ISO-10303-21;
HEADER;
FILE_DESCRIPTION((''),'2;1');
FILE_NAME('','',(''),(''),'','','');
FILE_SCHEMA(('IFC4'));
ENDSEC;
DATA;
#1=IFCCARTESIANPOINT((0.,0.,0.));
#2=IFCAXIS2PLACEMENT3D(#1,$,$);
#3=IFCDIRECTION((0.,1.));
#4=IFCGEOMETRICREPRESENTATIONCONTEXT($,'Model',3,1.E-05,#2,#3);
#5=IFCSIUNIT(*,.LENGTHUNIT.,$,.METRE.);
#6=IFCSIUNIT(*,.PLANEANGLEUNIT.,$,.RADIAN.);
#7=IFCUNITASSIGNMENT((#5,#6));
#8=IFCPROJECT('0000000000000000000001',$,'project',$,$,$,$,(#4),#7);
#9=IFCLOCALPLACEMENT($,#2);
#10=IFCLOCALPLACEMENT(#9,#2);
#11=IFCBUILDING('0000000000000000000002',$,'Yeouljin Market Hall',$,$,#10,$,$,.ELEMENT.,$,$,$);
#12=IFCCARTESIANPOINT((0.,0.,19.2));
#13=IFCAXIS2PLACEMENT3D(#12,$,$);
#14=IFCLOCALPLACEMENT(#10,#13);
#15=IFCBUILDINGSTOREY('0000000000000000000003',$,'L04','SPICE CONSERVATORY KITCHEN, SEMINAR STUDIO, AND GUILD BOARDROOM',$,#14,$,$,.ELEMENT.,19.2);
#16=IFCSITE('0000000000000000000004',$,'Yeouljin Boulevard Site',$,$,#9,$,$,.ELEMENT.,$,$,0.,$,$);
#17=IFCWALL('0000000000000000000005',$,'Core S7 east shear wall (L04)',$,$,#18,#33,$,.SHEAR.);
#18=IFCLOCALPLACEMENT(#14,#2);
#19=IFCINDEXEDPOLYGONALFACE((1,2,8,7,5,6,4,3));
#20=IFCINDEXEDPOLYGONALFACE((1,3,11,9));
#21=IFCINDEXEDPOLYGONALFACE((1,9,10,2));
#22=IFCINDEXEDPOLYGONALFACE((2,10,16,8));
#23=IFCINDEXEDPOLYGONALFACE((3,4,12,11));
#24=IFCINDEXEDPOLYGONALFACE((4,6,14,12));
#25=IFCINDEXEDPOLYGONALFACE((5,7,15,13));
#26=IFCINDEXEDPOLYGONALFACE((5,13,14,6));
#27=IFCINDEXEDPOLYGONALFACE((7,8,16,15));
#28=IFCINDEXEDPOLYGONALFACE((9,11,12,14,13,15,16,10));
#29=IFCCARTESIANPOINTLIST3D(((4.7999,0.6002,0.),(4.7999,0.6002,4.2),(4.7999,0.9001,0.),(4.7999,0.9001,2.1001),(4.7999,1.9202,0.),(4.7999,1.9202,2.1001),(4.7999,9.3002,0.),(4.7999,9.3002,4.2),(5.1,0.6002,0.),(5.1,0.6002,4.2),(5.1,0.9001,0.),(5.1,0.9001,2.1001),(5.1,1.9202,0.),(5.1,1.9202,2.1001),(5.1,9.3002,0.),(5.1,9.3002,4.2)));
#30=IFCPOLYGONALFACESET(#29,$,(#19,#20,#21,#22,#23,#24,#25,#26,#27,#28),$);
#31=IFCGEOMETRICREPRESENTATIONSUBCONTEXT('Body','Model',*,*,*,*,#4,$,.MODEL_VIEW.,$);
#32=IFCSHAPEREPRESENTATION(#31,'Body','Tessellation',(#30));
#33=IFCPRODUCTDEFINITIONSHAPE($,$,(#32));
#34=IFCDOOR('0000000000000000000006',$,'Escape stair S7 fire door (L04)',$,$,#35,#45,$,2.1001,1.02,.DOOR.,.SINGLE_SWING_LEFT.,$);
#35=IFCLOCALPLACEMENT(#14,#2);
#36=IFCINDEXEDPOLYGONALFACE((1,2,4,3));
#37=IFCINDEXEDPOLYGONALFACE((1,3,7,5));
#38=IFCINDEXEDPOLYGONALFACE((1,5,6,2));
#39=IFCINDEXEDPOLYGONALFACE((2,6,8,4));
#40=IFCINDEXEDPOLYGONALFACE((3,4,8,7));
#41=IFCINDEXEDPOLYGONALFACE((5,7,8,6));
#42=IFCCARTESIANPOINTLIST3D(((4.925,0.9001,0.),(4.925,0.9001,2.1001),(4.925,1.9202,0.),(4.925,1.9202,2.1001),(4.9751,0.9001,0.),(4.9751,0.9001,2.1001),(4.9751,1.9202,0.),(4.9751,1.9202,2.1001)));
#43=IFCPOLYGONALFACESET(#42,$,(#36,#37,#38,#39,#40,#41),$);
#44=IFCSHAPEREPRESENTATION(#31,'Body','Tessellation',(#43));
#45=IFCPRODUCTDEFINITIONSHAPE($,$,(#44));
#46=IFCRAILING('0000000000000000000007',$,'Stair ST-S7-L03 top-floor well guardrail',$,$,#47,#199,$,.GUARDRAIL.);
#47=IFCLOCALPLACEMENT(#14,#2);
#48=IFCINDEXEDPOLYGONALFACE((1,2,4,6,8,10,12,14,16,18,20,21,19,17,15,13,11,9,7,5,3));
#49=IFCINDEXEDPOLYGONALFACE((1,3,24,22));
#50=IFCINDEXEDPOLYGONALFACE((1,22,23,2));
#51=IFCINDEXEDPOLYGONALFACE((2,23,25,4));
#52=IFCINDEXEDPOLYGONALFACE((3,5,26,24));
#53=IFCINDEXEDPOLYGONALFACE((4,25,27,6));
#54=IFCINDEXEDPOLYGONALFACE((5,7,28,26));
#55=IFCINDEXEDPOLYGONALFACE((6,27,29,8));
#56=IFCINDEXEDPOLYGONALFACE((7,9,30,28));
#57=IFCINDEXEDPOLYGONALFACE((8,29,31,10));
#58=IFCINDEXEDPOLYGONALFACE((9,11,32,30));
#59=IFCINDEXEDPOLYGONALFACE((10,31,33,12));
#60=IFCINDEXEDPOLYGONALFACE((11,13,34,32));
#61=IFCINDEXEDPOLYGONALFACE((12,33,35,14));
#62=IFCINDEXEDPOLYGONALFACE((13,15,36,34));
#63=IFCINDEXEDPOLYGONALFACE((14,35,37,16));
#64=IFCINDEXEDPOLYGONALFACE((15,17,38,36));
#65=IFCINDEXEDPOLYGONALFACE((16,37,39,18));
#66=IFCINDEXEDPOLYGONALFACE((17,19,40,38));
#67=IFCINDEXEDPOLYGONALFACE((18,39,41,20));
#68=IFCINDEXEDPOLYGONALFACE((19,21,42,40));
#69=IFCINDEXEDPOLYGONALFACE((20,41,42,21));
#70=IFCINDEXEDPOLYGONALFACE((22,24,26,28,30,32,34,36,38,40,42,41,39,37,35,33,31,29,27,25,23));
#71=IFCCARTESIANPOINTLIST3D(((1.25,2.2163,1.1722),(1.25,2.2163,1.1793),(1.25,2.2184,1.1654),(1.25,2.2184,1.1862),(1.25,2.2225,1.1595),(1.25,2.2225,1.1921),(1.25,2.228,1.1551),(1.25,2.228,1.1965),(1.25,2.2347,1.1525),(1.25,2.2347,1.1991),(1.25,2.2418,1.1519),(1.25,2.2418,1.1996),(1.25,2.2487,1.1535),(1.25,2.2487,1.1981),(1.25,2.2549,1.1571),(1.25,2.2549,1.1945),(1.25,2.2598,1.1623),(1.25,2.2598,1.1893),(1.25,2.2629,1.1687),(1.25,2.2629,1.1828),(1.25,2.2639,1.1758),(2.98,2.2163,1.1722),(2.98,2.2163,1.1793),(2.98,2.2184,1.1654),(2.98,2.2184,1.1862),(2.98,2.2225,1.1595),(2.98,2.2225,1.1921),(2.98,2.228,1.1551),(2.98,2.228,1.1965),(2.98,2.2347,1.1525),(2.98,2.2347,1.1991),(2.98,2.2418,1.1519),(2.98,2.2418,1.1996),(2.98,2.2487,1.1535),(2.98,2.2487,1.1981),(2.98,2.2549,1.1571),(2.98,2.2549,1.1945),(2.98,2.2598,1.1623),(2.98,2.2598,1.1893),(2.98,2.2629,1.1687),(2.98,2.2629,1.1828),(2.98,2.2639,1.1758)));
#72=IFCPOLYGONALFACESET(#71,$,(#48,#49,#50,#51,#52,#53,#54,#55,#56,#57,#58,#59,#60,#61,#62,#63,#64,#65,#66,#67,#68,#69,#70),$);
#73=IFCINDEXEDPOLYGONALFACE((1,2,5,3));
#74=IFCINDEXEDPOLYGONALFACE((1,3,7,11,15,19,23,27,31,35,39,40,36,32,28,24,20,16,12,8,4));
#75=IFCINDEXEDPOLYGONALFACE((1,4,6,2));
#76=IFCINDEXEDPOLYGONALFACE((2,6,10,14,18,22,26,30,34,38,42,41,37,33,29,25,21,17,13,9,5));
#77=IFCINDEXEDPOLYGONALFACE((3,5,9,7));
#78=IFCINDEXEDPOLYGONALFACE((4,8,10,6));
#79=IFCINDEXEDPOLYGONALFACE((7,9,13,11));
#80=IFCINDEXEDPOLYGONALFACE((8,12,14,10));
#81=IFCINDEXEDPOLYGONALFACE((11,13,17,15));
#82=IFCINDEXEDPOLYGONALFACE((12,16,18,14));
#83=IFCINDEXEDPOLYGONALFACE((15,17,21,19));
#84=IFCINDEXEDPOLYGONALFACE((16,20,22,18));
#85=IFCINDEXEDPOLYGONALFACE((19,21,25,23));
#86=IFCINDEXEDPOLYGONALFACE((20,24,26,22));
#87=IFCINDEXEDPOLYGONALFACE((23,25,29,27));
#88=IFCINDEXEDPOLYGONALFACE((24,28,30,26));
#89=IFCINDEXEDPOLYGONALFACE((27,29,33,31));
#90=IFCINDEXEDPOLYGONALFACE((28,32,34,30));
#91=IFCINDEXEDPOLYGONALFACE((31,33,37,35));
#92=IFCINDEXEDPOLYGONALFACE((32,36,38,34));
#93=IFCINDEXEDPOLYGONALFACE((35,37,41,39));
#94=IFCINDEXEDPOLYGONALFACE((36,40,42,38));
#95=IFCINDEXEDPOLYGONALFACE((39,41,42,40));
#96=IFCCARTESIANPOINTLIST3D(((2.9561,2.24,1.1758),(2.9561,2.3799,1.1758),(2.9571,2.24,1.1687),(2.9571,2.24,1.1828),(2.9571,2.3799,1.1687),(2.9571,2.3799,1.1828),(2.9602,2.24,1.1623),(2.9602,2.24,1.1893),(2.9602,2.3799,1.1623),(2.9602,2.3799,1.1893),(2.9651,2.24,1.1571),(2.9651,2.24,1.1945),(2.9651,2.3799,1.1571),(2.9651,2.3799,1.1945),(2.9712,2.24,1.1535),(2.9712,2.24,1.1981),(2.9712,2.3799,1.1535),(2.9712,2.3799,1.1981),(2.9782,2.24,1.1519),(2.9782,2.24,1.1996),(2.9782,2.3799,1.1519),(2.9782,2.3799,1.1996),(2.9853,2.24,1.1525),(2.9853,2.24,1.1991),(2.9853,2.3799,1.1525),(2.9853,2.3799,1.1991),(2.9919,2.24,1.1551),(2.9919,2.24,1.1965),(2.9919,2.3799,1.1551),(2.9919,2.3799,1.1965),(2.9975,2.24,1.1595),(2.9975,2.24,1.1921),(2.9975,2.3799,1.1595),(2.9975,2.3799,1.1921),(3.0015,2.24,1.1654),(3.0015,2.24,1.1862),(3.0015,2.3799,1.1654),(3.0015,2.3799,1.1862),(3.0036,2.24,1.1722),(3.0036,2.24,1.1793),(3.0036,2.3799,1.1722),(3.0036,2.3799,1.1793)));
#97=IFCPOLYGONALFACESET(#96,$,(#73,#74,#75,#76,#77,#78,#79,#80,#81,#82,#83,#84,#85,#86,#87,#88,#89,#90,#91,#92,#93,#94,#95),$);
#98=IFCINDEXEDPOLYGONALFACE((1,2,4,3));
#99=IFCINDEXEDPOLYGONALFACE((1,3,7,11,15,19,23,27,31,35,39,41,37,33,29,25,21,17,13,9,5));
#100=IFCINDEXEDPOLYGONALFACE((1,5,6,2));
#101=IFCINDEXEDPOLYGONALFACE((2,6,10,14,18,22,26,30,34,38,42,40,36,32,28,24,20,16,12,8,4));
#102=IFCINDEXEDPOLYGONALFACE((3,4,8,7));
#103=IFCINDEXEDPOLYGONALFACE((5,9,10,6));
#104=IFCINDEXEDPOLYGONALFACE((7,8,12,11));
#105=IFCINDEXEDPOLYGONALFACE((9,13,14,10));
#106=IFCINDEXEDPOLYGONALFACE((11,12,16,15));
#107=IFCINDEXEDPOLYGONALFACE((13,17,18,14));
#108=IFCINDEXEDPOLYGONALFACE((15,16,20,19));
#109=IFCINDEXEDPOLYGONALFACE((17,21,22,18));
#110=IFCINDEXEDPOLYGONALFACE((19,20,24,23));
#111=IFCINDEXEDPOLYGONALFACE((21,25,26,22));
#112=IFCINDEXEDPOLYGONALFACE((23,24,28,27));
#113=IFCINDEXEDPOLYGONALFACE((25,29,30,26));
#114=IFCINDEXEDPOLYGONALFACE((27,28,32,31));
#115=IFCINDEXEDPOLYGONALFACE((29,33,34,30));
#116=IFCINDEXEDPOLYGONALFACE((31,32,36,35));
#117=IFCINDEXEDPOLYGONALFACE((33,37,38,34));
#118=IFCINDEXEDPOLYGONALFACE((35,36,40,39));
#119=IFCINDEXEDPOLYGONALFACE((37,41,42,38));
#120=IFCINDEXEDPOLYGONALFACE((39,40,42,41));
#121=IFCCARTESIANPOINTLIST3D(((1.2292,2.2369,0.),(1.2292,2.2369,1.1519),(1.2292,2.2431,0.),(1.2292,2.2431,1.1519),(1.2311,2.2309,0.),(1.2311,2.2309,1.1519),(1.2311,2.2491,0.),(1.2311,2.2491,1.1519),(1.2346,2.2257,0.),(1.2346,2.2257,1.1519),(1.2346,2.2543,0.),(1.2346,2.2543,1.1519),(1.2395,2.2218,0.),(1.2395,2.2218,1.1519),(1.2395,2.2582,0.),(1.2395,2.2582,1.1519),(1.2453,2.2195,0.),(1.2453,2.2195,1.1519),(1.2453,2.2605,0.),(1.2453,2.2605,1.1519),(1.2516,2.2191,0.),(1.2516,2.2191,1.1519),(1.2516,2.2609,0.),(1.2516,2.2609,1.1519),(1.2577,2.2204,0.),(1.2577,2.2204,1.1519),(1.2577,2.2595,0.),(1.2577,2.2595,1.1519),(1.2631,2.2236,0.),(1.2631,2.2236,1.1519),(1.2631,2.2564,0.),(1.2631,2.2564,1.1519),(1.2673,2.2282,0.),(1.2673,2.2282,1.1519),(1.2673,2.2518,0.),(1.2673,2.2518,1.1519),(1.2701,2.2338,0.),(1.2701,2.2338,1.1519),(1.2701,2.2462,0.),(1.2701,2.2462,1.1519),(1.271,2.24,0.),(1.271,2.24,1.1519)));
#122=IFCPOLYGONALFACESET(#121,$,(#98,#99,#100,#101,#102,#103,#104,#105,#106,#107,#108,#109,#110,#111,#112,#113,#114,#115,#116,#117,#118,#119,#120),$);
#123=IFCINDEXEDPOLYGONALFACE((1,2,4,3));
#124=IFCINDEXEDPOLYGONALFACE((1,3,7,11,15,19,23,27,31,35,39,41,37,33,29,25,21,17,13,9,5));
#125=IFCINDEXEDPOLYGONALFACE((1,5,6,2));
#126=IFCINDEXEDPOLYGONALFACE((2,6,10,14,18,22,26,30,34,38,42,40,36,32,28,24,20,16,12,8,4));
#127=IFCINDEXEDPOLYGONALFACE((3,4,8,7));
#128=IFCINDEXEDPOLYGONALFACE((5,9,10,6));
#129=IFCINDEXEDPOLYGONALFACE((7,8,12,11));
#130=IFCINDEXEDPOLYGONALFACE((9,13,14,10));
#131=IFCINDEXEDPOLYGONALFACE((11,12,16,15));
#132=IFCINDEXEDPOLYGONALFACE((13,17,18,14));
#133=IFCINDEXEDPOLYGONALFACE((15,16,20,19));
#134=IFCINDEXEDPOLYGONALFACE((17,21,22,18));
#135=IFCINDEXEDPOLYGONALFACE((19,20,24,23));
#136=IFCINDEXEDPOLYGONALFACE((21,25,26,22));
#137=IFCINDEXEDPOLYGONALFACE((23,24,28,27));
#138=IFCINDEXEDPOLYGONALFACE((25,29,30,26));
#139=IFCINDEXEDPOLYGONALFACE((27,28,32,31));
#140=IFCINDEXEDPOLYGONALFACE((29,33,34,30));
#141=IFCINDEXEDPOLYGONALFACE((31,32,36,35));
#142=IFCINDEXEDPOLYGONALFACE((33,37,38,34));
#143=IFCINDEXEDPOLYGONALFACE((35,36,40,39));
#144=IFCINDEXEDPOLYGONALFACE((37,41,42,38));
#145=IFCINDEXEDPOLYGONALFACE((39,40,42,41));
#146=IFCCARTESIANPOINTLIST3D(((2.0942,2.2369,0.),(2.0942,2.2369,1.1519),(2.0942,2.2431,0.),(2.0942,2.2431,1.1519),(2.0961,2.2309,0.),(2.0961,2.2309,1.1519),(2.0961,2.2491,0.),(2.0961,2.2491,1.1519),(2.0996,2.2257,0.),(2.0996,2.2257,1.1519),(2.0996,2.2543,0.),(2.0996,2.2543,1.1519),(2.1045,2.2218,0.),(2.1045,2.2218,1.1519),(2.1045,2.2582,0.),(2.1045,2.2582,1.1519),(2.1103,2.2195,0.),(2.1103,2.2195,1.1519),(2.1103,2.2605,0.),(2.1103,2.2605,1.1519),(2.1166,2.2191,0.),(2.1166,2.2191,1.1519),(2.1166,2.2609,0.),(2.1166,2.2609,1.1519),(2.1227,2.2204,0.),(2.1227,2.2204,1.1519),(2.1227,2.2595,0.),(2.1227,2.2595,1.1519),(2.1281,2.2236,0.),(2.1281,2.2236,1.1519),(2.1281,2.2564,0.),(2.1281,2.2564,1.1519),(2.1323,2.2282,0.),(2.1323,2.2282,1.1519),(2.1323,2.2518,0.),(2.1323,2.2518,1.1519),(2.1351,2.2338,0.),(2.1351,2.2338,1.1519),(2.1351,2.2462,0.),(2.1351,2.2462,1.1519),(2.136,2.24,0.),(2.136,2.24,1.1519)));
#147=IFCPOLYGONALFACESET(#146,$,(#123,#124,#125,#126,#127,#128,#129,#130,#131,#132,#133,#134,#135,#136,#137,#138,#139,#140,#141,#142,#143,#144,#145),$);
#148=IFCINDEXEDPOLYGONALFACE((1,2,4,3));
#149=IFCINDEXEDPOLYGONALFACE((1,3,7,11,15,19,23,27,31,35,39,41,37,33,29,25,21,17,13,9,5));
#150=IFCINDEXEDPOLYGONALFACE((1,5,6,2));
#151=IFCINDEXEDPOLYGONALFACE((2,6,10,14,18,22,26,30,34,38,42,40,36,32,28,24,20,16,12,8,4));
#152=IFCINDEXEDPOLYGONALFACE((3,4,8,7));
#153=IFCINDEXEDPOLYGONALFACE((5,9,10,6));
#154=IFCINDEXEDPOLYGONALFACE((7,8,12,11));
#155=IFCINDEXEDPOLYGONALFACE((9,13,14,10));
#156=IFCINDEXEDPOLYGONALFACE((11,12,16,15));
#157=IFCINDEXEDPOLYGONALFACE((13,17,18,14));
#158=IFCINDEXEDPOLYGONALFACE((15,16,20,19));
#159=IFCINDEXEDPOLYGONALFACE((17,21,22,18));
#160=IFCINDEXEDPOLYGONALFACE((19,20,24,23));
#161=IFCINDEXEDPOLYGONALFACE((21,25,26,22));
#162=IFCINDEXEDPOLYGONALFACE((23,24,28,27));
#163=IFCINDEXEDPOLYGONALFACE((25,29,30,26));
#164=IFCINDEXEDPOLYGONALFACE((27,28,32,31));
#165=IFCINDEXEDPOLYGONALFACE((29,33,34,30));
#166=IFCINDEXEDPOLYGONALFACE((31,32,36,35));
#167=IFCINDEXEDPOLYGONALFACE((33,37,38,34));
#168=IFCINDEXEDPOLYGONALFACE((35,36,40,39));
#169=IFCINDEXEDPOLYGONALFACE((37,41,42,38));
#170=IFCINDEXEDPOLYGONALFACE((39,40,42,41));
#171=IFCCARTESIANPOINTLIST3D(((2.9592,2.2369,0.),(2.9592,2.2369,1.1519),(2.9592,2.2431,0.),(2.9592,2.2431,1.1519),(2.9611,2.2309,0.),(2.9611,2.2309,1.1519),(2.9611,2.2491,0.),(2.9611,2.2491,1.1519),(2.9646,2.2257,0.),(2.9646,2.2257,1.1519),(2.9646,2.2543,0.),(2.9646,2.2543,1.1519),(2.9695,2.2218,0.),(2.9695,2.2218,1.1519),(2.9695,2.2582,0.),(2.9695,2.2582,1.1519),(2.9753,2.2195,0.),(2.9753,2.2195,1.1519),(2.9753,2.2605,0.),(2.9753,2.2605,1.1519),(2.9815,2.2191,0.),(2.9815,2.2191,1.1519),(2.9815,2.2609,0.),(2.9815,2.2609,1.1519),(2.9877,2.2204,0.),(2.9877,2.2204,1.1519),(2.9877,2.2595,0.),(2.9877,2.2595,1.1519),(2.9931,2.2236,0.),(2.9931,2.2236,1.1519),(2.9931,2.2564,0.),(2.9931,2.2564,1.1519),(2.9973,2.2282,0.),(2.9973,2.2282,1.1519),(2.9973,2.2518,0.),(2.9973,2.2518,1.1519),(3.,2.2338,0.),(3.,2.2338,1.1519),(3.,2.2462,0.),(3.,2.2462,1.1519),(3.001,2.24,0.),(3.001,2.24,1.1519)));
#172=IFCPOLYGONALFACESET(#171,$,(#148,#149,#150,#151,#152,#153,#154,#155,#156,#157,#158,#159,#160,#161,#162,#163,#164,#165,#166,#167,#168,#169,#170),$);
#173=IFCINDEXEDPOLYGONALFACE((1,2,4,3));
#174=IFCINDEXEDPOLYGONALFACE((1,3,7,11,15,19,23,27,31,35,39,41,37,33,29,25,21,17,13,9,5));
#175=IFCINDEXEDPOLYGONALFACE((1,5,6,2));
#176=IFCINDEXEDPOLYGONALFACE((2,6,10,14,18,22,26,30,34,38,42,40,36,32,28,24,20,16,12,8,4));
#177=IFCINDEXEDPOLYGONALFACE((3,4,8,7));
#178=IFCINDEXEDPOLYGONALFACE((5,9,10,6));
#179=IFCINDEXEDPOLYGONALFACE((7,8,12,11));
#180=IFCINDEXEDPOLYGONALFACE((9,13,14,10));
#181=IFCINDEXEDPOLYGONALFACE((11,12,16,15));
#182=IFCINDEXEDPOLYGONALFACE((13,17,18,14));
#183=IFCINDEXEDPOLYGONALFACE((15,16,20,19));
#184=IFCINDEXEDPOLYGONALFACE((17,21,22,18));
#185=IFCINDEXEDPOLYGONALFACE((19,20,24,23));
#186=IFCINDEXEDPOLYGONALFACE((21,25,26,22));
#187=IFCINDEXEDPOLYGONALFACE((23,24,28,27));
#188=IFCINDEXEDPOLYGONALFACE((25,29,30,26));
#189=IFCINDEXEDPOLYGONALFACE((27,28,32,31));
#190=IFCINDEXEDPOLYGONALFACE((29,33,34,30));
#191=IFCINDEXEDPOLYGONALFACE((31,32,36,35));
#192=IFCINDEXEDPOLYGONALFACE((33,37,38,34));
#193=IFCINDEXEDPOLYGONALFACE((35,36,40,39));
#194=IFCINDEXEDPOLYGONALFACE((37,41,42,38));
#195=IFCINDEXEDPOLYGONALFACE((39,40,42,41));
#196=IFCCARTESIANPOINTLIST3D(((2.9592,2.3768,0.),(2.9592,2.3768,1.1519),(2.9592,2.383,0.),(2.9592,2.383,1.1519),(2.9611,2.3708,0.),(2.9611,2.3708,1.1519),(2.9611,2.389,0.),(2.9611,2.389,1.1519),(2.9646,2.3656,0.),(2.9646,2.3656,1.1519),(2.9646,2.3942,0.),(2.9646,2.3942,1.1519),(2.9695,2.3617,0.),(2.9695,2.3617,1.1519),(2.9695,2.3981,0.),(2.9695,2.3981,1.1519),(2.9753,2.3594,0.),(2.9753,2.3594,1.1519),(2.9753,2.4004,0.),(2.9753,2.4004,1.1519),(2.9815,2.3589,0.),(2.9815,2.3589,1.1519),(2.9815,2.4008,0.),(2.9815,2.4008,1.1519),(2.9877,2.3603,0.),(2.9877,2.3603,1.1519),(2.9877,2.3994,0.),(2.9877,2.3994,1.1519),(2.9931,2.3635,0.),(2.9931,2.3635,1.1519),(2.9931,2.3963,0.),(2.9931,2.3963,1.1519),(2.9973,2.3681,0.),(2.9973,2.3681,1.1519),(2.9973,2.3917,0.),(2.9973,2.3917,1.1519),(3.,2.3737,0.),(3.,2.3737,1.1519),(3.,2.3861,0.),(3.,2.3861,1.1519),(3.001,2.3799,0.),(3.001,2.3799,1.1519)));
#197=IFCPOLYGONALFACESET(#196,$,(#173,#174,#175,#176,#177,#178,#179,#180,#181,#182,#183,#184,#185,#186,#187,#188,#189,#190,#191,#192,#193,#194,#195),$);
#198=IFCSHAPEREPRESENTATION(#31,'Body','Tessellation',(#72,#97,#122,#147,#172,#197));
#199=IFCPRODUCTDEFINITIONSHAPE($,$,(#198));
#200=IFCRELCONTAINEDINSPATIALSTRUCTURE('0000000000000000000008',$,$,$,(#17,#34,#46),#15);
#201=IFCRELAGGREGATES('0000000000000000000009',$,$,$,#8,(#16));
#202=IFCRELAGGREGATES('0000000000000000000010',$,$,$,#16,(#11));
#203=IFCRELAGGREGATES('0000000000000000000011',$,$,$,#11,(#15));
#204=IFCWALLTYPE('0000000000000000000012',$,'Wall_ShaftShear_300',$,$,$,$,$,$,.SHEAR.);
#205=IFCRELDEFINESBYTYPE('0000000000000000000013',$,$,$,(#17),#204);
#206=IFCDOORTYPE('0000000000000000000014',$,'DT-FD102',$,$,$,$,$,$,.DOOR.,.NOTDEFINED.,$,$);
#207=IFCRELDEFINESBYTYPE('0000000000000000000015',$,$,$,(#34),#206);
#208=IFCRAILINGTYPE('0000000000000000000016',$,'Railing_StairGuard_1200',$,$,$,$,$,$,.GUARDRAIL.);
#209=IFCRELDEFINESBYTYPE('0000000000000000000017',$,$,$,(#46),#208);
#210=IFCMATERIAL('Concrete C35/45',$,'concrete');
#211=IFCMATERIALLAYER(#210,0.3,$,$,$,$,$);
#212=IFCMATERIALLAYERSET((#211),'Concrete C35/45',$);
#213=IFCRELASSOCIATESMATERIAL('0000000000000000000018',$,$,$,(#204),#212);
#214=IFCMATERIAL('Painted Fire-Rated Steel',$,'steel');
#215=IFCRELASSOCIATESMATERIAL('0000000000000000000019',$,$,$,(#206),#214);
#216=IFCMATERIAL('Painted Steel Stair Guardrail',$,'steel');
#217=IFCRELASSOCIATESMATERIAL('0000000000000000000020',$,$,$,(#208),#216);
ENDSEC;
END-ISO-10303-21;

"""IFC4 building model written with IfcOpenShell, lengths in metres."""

from ifc_helpers import new_model, si_unit, direction, frame, frame_2d, origin, origin_2d, place, context, subcontext, project, spatial, rectangle, circle, extrude, material, layer, layer_set, type_object, element, fill, save


model = new_model("IFC4")

# Units and contexts
model_context = context("Model", 3, precision=1e-05, world=origin(), true_north=direction((0.0, 1.0)))
body_context = subcontext(model_context, "Body", "Model", "MODEL_VIEW")
ifc_project = project(units=[si_unit("LENGTHUNIT", "METRE"), si_unit("PLANEANGLEUNIT", "RADIAN")], contexts=[model_context])

# Site, building, storey
site_placement = place(None, origin())
site = spatial("IfcSite", under=ifc_project, at=site_placement, Name="Yeouljin Boulevard Site", CompositionType="ELEMENT", RefElevation=0.0)
building_placement = place(site_placement, origin())
building = spatial("IfcBuilding", under=site, at=building_placement, Name="Yeouljin Market Hall", CompositionType="ELEMENT")
storey_placement = place(building_placement, frame((0.0, 0.0, 19.2)))
storey = spatial("IfcBuildingStorey", under=building, at=storey_placement, Name="L04", Description="SPICE CONSERVATORY KITCHEN, SEMINAR STUDIO, AND GUILD BOARDROOM", CompositionType="ELEMENT", Elevation=19.2)

# Shared definitions
ifc_material_1 = material(Name="Concrete C35/45", Category="concrete")
ifc_layer_1 = layer(ifc_material_1, 0.3)
ifc_layer_set_1 = layer_set([ifc_layer_1], Name="Concrete C35/45")
wall_type_1 = type_object("IfcWallType", Name="Wall_ShaftShear_300", PredefinedType="SHEAR", material=ifc_layer_set_1)

# Wall, opening, door
wall_1_placement = place(storey_placement, frame((4.95, 0.6001, 0.0), z_axis=(0.0, 0.0, 1.0), x_axis=(0.0, 1.0, 0.0)))
wall_1 = element("IfcWall", 1, at=wall_1_placement, inside=storey, type_object=wall_type_1, Name="Core S7 east shear wall (L04)", PredefinedType="SHEAR", context=body_context, shape_type="SweptSolid", body=[
    extrude(rectangle(XDim=8.7, YDim=0.3, at=frame_2d((4.3501, 0.0))), origin(), (0.0, 0.0, 1.0), 4.2),
])
opening_1_placement = place(wall_1_placement, frame((0.3, 0.0, 0.0)))
opening_1 = element("IfcOpeningElement", 2, at=opening_1_placement, cuts=wall_1, PredefinedType="OPENING", context=body_context, shape_type="SweptSolid", body=[
    extrude(rectangle(XDim=1.02, YDim=2.1001, at=frame_2d((0.51, 1.05))), frame((0.0, 0.1599, 0.0), z_axis=(0.0, -1.0, 0.0), x_axis=(1.0, 0.0, 0.0)), (0.0, 0.0, 1.0), 0.3201),
])
ifc_material_2 = material(Name="Painted Fire-Rated Steel", Category="steel")
door_type = type_object("IfcDoorType", Name="DT-FD102", OperationType="NOTDEFINED", PredefinedType="DOOR", material=ifc_material_2)
door_placement = place(opening_1_placement, origin())
door = element("IfcDoor", 3, at=door_placement, inside=storey, type_object=door_type, Name="Escape stair S7 fire door (L04)", OperationType="SINGLE_SWING_LEFT", OverallHeight=2.1001, OverallWidth=1.02, PredefinedType="DOOR", context=body_context, shape_type="SweptSolid", body=[
    extrude(rectangle(XDim=1.02, YDim=2.1001, at=frame_2d((0.51, 1.05))), frame((0.0, 0.0249, 0.0), z_axis=(0.0, -1.0, 0.0), x_axis=(1.0, 0.0, 0.0)), (0.0, 0.0, 1.0), 0.05),
])
fill(opening_1, door)

# Railing
ifc_material_3 = material(Name="Painted Steel Stair Guardrail", Category="steel")
railing_type = type_object("IfcRailingType", Name="Railing_StairGuard_1200", PredefinedType="GUARDRAIL", material=ifc_material_3)
railing_placement = place(storey_placement, frame((1.25, 2.24, 0.0)))
element("IfcRailing", 4, at=railing_placement, inside=storey, type_object=railing_type, Name="Stair ST-S7-L03 top-floor well guardrail", PredefinedType="GUARDRAIL", context=body_context, shape_type="SweptSolid", body=[
    extrude(circle(Radius=0.0239, at=origin_2d()), frame((0.0, 0.0, 1.1758), z_axis=(1.0, 0.0, 0.0), x_axis=(0.0, 1.0, 0.0)), (0.0, 0.0, 1.0), 1.73),
    extrude(circle(Radius=0.0239, at=origin_2d()), frame((1.73, 0.0, 1.1758), z_axis=(0.0, 1.0, 0.0), x_axis=(-1.0, 0.0, 0.0)), (0.0, 0.0, 1.0), 0.1399),
    extrude(circle(Radius=0.021, at=origin_2d()), origin(), (0.0, 0.0, 1.0), 1.1519),
    extrude(circle(Radius=0.021, at=origin_2d()), frame((0.865, 0.0, 0.0)), (0.0, 0.0, 1.0), 1.1519),
    extrude(circle(Radius=0.021, at=origin_2d()), frame((1.73, 0.0, 0.0)), (0.0, 0.0, 1.0), 1.1519),
    extrude(circle(Radius=0.021, at=origin_2d()), frame((1.73, 0.1399, 0.0)), (0.0, 0.0, 1.0), 1.1519),
])

save(model, "model.ifc")
